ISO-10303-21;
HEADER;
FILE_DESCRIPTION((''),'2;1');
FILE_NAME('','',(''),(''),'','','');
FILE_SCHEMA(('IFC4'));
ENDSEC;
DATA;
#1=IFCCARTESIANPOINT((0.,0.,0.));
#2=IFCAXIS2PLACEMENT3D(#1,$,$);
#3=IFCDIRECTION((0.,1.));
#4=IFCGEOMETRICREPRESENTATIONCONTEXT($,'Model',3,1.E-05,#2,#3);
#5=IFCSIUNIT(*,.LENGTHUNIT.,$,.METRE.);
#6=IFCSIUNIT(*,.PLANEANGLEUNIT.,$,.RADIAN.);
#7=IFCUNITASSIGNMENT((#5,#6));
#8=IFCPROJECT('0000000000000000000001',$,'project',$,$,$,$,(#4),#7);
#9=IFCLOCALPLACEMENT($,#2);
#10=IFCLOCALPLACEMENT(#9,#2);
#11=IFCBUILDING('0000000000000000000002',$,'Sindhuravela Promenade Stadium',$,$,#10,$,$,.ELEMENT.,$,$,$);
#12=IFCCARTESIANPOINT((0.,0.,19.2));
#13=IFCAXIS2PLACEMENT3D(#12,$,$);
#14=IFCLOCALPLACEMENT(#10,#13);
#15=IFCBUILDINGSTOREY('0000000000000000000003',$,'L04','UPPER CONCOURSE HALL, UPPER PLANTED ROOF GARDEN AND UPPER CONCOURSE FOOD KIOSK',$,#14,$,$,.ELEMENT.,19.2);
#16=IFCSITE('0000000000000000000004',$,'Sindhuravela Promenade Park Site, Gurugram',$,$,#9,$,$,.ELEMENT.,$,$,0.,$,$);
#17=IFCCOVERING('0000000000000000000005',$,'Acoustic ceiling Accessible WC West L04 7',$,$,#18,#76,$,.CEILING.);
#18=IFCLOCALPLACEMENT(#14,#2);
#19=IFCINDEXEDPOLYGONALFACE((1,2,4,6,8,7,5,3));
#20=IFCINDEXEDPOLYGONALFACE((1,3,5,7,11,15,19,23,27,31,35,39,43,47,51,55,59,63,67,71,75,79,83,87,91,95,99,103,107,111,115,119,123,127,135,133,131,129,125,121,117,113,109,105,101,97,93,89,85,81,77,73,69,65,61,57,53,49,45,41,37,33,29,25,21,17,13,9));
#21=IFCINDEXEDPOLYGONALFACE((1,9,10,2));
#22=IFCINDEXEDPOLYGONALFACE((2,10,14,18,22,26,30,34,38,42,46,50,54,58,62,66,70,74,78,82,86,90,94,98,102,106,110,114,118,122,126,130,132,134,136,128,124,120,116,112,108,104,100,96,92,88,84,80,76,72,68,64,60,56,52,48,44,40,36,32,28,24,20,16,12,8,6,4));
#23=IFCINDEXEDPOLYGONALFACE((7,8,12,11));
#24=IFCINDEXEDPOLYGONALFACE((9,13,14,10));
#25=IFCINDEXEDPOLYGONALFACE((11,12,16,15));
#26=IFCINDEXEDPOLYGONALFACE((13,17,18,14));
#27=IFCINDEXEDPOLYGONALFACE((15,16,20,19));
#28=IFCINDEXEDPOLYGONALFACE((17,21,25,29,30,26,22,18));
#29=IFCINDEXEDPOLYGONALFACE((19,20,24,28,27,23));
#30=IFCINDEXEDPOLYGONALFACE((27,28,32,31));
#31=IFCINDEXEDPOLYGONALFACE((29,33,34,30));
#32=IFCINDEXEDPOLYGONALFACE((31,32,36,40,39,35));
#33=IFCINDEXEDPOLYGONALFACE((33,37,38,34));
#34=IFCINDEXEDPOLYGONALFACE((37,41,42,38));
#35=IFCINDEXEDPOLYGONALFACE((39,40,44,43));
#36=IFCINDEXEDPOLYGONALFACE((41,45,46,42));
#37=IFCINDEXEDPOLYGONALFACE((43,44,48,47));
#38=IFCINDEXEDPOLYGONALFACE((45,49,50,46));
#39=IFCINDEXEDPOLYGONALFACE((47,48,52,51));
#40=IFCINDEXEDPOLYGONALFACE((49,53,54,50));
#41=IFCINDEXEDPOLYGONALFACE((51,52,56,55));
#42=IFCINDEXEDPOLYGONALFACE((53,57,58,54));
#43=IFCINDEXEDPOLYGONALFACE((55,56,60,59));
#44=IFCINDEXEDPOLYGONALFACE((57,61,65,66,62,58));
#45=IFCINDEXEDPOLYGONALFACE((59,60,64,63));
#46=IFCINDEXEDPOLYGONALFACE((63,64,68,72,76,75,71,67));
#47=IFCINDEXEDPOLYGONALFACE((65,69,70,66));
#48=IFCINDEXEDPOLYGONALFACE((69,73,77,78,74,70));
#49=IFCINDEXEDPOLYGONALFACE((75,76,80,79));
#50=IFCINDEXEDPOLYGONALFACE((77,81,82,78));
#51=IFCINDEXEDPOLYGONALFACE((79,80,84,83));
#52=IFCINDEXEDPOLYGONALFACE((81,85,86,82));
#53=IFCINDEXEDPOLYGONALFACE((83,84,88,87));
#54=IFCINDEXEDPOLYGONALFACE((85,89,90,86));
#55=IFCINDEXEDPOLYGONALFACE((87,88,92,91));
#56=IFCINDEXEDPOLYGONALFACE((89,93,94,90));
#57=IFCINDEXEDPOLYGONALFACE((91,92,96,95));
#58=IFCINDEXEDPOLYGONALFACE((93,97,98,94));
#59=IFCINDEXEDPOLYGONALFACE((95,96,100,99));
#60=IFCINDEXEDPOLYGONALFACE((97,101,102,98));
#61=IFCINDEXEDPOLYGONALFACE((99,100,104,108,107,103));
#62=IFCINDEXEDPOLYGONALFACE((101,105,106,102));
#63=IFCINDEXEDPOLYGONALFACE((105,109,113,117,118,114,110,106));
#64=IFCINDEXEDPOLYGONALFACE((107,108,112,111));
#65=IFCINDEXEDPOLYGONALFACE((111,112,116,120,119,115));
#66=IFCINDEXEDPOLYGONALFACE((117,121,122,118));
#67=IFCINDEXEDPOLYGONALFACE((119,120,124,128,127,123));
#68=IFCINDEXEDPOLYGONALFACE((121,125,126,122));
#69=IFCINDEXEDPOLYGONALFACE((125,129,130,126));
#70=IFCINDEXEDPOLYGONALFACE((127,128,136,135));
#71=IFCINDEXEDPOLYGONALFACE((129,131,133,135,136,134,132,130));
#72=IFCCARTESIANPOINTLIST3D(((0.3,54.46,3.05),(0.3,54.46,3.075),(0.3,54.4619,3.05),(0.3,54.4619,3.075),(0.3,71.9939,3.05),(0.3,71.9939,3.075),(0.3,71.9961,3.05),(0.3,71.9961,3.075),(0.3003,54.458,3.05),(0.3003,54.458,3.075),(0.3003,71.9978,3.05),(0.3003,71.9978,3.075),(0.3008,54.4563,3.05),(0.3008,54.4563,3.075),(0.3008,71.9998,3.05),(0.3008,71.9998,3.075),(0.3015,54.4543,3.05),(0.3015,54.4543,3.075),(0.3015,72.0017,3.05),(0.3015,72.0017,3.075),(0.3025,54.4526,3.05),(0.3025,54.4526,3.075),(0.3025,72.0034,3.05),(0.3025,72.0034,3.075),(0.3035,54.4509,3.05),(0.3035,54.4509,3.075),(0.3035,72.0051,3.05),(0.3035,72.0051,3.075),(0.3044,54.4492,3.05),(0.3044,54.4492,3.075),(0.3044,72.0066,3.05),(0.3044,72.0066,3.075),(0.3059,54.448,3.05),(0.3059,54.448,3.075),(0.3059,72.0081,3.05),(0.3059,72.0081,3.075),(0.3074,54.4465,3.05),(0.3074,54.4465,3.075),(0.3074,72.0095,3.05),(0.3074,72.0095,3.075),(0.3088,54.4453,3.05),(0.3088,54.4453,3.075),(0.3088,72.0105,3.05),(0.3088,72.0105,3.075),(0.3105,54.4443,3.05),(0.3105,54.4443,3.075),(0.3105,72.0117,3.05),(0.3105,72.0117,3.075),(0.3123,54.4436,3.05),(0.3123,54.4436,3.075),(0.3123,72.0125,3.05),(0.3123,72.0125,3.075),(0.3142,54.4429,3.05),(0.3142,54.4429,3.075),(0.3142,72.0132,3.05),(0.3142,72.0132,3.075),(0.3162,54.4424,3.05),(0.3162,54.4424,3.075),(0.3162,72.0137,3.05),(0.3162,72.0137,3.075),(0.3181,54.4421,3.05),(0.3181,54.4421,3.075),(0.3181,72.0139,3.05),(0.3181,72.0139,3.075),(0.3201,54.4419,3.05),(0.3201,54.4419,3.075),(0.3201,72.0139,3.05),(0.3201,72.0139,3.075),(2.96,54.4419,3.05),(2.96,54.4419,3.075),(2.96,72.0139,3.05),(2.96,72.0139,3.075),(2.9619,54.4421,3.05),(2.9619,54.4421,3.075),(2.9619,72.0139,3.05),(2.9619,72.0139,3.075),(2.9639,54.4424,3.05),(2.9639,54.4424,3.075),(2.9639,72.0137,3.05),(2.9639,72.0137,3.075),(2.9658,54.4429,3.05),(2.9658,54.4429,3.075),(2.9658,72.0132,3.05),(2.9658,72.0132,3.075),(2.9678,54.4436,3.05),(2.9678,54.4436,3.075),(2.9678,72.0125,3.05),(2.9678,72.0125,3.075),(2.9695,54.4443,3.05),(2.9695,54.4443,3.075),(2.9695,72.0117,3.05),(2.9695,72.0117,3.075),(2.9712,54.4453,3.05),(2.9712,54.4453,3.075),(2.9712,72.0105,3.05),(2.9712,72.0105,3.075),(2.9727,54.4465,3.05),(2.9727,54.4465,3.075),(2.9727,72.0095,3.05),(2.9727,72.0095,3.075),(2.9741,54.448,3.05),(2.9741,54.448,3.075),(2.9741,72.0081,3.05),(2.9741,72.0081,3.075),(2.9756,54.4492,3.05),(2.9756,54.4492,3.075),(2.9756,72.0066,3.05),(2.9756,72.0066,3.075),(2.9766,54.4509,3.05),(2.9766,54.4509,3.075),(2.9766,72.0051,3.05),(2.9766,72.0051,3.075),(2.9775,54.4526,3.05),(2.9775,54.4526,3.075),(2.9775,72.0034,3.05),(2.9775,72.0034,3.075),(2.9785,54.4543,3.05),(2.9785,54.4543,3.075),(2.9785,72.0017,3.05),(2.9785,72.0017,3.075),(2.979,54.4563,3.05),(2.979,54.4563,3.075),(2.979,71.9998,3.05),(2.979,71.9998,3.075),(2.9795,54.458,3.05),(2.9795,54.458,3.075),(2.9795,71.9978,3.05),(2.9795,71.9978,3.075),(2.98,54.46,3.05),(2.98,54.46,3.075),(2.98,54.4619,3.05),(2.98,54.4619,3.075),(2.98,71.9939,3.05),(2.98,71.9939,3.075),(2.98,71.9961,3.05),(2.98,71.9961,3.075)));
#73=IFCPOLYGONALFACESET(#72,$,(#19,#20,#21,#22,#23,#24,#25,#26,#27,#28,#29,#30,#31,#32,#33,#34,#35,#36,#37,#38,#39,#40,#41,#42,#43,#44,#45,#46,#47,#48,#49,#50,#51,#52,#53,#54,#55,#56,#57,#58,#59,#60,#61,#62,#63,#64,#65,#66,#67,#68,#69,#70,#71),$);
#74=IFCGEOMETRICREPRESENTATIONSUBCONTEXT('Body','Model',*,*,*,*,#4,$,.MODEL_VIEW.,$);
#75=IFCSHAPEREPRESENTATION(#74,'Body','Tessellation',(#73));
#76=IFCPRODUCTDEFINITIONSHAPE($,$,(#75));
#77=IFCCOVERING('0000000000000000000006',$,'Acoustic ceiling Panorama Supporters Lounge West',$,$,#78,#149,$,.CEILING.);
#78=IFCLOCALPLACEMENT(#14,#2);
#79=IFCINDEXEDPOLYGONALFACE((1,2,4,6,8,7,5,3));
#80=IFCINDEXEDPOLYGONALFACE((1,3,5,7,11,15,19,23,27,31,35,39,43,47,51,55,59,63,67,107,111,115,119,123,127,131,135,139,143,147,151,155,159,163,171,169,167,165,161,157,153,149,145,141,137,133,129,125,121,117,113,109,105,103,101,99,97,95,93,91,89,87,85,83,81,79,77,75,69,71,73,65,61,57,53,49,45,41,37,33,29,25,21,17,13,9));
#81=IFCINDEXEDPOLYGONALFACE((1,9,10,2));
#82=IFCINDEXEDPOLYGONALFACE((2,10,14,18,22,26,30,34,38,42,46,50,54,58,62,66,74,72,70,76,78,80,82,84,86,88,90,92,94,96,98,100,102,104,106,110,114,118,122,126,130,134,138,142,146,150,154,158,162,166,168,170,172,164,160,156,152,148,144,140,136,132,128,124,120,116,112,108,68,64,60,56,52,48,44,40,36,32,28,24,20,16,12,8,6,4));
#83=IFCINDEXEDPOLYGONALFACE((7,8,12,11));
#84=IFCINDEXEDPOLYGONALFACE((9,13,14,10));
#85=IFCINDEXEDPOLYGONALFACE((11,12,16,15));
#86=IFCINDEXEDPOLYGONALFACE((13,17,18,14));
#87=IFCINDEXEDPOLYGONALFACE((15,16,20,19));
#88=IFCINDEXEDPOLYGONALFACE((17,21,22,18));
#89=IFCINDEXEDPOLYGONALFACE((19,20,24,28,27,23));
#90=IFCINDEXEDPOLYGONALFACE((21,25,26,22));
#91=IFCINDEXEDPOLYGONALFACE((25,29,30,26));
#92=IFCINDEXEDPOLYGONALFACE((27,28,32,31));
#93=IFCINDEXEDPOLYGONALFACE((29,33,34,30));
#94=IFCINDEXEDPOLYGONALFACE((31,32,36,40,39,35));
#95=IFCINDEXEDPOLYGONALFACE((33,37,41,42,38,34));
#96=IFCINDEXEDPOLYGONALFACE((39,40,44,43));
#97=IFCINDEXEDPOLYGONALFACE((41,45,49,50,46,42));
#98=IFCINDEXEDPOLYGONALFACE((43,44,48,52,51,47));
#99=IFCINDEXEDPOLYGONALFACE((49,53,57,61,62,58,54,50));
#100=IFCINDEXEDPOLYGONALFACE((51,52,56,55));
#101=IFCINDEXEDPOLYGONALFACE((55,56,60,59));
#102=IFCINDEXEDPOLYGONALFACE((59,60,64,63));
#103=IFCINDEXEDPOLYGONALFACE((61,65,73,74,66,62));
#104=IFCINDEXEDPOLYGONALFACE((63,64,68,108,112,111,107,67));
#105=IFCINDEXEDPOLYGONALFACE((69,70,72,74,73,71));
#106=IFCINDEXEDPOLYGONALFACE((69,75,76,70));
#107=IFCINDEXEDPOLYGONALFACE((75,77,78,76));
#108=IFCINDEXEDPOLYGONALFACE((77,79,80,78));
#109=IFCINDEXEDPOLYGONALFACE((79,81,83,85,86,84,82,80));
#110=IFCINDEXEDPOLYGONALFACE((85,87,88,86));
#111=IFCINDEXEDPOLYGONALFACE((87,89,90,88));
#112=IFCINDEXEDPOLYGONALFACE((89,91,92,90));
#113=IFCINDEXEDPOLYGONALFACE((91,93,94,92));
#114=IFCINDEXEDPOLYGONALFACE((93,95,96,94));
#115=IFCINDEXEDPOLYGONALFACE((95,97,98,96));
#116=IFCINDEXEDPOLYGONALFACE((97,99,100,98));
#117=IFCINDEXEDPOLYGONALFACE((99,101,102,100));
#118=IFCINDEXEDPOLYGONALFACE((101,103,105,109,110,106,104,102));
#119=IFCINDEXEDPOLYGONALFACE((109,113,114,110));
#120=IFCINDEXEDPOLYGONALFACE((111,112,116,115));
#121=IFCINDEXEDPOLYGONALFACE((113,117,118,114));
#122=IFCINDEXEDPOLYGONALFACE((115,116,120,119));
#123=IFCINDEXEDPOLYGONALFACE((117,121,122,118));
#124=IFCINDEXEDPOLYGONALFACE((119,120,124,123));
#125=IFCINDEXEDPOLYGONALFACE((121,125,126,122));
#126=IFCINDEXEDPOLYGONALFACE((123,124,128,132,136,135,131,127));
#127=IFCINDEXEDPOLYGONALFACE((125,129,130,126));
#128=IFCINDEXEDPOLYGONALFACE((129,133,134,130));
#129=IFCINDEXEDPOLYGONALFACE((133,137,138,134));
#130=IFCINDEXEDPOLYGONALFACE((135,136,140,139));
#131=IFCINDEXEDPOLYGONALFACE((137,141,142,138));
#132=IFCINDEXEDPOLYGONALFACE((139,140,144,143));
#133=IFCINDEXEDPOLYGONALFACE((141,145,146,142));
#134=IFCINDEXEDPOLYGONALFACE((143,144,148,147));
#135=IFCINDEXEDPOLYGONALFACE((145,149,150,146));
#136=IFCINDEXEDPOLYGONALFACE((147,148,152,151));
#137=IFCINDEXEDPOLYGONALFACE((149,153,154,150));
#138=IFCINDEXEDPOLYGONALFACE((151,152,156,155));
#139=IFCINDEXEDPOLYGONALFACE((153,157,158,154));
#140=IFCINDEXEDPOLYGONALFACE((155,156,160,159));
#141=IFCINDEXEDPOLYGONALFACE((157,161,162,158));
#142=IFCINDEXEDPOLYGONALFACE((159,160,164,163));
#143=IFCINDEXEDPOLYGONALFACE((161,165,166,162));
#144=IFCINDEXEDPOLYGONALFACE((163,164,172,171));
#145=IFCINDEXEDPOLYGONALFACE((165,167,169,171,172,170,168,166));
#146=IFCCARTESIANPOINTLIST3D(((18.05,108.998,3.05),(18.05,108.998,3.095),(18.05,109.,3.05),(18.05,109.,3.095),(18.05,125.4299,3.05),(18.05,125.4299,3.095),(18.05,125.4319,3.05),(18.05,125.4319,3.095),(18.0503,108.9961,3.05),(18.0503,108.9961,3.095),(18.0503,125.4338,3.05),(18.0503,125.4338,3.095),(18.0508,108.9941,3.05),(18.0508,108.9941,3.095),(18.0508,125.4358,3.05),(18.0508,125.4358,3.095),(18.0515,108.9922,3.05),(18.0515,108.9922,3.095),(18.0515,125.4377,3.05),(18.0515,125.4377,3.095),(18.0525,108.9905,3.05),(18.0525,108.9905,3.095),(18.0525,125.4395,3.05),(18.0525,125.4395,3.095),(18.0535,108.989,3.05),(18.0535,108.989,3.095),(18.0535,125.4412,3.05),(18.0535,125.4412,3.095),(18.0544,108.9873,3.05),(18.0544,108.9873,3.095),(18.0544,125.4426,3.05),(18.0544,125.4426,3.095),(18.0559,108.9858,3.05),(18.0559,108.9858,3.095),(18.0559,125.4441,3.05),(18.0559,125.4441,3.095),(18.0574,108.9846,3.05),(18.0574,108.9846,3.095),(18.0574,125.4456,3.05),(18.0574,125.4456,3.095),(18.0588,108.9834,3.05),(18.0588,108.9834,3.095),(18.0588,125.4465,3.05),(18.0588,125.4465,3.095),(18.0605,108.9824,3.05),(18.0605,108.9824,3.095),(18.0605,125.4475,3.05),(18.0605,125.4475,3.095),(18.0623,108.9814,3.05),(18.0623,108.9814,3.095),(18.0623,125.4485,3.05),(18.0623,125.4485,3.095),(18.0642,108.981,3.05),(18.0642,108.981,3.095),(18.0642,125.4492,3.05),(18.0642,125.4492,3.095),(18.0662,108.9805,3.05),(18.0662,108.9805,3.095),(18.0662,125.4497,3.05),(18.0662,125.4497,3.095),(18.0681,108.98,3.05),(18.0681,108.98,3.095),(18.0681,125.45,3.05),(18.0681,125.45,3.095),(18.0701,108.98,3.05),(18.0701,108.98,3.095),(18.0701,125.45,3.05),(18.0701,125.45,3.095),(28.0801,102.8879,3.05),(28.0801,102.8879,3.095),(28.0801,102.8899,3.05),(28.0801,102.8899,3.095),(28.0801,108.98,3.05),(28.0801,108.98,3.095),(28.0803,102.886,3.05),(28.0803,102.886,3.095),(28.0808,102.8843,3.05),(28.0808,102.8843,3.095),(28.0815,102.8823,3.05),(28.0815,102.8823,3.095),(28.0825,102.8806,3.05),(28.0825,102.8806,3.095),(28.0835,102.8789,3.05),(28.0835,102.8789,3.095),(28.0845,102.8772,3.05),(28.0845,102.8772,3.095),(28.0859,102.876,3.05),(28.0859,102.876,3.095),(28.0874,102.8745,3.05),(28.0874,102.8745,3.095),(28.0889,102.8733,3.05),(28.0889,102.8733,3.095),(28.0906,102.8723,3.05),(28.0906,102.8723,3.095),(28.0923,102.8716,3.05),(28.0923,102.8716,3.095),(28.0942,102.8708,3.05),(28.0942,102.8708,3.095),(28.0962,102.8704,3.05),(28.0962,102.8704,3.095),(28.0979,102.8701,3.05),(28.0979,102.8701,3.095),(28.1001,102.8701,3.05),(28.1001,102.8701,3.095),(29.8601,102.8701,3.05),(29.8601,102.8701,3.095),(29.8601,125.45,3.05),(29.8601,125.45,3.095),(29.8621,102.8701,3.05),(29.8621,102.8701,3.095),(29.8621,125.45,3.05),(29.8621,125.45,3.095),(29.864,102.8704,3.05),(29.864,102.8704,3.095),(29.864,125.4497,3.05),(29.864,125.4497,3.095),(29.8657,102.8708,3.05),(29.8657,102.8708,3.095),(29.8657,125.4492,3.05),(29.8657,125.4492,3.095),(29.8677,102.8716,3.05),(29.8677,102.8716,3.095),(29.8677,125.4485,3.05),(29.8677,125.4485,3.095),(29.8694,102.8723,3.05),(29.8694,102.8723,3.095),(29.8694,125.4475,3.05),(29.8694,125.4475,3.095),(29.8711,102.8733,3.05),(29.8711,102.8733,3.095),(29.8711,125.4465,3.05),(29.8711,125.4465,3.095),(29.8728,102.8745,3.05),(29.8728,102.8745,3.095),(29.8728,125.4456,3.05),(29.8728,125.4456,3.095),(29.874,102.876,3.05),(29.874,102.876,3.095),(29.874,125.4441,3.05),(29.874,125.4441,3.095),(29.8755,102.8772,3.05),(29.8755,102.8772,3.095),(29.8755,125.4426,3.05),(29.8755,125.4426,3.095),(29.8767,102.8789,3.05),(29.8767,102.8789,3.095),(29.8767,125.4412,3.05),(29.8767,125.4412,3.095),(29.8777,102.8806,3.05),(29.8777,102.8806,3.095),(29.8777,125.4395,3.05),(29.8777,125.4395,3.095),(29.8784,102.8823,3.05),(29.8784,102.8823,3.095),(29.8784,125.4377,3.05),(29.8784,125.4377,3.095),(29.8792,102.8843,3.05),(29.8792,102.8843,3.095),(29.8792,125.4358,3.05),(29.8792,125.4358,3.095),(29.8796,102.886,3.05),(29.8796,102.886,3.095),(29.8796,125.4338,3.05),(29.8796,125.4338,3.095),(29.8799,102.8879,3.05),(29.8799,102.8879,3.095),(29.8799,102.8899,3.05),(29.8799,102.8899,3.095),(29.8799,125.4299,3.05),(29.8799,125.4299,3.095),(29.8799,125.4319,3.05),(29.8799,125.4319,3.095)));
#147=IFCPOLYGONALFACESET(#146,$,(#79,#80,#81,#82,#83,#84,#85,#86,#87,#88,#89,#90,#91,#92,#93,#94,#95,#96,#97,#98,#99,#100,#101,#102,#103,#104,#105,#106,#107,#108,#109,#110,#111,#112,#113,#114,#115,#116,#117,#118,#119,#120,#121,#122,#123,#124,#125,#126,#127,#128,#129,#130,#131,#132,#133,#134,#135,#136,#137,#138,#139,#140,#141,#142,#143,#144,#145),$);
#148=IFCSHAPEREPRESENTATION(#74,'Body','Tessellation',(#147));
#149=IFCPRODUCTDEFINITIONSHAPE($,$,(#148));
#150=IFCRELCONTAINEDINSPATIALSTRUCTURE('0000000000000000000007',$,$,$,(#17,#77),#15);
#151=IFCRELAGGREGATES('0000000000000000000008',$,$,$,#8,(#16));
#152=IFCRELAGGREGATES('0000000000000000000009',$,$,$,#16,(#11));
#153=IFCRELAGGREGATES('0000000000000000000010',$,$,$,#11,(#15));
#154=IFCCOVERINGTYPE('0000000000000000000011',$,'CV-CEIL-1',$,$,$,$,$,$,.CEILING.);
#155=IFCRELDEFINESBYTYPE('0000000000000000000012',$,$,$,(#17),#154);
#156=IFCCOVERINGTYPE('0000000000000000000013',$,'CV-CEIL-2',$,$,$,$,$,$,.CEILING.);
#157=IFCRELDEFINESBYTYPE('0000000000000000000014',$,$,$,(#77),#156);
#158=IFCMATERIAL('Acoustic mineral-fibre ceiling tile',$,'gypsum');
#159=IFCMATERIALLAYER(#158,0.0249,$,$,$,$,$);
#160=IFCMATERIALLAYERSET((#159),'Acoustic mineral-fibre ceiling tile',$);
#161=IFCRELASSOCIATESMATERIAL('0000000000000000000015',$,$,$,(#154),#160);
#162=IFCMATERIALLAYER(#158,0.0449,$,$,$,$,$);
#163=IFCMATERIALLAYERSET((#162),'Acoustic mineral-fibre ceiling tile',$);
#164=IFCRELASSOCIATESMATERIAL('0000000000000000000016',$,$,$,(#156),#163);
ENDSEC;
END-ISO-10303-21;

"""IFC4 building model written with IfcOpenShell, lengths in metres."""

from ifc_helpers import new_model, si_unit, direction, frame, origin, place, context, subcontext, project, spatial, polyline, outline, extrude, material, layer, layer_set, type_object, element, save


model = new_model("IFC4")

# Units and contexts
model_context = context("Model", 3, precision=1e-05, world=origin(), true_north=direction((0.0, 1.0)))
body_context = subcontext(model_context, "Body", "Model", "MODEL_VIEW")
ifc_project = project(units=[si_unit("LENGTHUNIT", "METRE"), si_unit("PLANEANGLEUNIT", "RADIAN")], contexts=[model_context])

# Site, building, storey
site_placement = place(None, origin())
site = spatial("IfcSite", under=ifc_project, at=site_placement, Name="Sindhuravela Promenade Park Site, Gurugram", CompositionType="ELEMENT", RefElevation=0.0)
building_placement = place(site_placement, origin())
building = spatial("IfcBuilding", under=site, at=building_placement, Name="Sindhuravela Promenade Stadium", CompositionType="ELEMENT")
storey_placement = place(building_placement, frame((0.0, 0.0, 19.2)))
storey = spatial("IfcBuildingStorey", under=building, at=storey_placement, Name="L04", Description="UPPER CONCOURSE HALL, UPPER PLANTED ROOF GARDEN AND UPPER CONCOURSE FOOD KIOSK", CompositionType="ELEMENT", Elevation=19.2)

# Coverings
ifc_material_1 = material(Name="Acoustic mineral-fibre ceiling tile", Category="gypsum")
ifc_layer_1 = layer(ifc_material_1, 0.0249)
ifc_layer_set_1 = layer_set([ifc_layer_1], Name="Acoustic mineral-fibre ceiling tile")
covering_type_1 = type_object("IfcCoveringType", Name="CV-CEIL-1", PredefinedType="CEILING", material=ifc_layer_set_1)
covering_1_placement = place(storey_placement, frame((0.0, 0.0, 3.05)))
element("IfcCovering", 1, at=covering_1_placement, inside=storey, type_object=covering_type_1, Name="Acoustic ceiling Accessible WC West L04 7", PredefinedType="CEILING", context=body_context, shape_type="SweptSolid", body=[
    extrude(outline(polyline([(2.98, 54.4619), (2.98, 54.46), (2.9795, 54.458), (2.979, 54.4563), (2.9785, 54.4543), (2.9775, 54.4526), (2.9766, 54.4509), (2.9756, 54.4492), (2.9741, 54.448), (2.9727, 54.4465), (2.9712, 54.4453), (2.9695, 54.4443), (2.9678, 54.4436), (2.9658, 54.4429), (2.9639, 54.4424), (2.9619, 54.4421), (2.96, 54.4419), (0.3201, 54.4419), (0.3181, 54.4421), (0.3162, 54.4424), (0.3142, 54.4429), (0.3123, 54.4436), (0.3105, 54.4443), (0.3088, 54.4453), (0.3074, 54.4465), (0.3059, 54.448), (0.3044, 54.4492), (0.3035, 54.4509), (0.3025, 54.4526), (0.3015, 54.4543), (0.3008, 54.4563), (0.3003, 54.458), (0.3, 54.46), (0.3, 54.4619), (0.3, 71.9939), (0.3, 71.9961), (0.3003, 71.9978), (0.3008, 71.9998), (0.3015, 72.0017), (0.3025, 72.0034), (0.3035, 72.0051), (0.3044, 72.0066), (0.3059, 72.0081), (0.3074, 72.0095), (0.3088, 72.0105), (0.3105, 72.0117), (0.3123, 72.0125), (0.3142, 72.0132), (0.3162, 72.0137), (0.3181, 72.0139), (0.3201, 72.0139), (2.96, 72.0139), (2.9619, 72.0139), (2.9639, 72.0137), (2.9658, 72.0132), (2.9678, 72.0125), (2.9695, 72.0117), (2.9712, 72.0105), (2.9727, 72.0095), (2.9741, 72.0081), (2.9756, 72.0066), (2.9766, 72.0051), (2.9775, 72.0034), (2.9785, 72.0017), (2.979, 71.9998), (2.9795, 71.9978), (2.98, 71.9961), (2.98, 71.9939), (2.98, 54.4619)])), origin(), (0.0, 0.0, 1.0), 0.0249),
])
ifc_layer_2 = layer(ifc_material_1, 0.0449)
ifc_layer_set_2 = layer_set([ifc_layer_2], Name="Acoustic mineral-fibre ceiling tile")
covering_type_2 = type_object("IfcCoveringType", Name="CV-CEIL-2", PredefinedType="CEILING", material=ifc_layer_set_2)
covering_2_placement = place(storey_placement, frame((0.0, 0.0, 3.05)))
element("IfcCovering", 2, at=covering_2_placement, inside=storey, type_object=covering_type_2, Name="Acoustic ceiling Panorama Supporters Lounge West", PredefinedType="CEILING", context=body_context, shape_type="SweptSolid", body=[
    extrude(outline(polyline([(29.8799, 102.8899), (29.8799, 102.8879), (29.8796, 102.886), (29.8792, 102.8843), (29.8784, 102.8823), (29.8777, 102.8806), (29.8767, 102.8789), (29.8755, 102.8772), (29.874, 102.876), (29.8728, 102.8745), (29.8711, 102.8733), (29.8694, 102.8723), (29.8677, 102.8716), (29.8657, 102.8708), (29.864, 102.8704), (29.8621, 102.8701), (29.8601, 102.8701), (28.1001, 102.8701), (28.0979, 102.8701), (28.0962, 102.8704), (28.0942, 102.8708), (28.0923, 102.8716), (28.0906, 102.8723), (28.0889, 102.8733), (28.0874, 102.8745), (28.0859, 102.876), (28.0845, 102.8772), (28.0835, 102.8789), (28.0825, 102.8806), (28.0815, 102.8823), (28.0808, 102.8843), (28.0803, 102.886), (28.0801, 102.8879), (28.0801, 102.8899), (28.0801, 108.98), (18.0701, 108.98), (18.0681, 108.98), (18.0662, 108.9805), (18.0642, 108.981), (18.0623, 108.9814), (18.0605, 108.9824), (18.0588, 108.9834), (18.0574, 108.9846), (18.0559, 108.9858), (18.0544, 108.9873), (18.0535, 108.989), (18.0525, 108.9905), (18.0515, 108.9922), (18.0508, 108.9941), (18.0503, 108.9961), (18.05, 108.998), (18.05, 109.0), (18.05, 125.4299), (18.05, 125.4319), (18.0503, 125.4338), (18.0508, 125.4358), (18.0515, 125.4377), (18.0525, 125.4395), (18.0535, 125.4412), (18.0544, 125.4426), (18.0559, 125.4441), (18.0574, 125.4456), (18.0588, 125.4465), (18.0605, 125.4475), (18.0623, 125.4485), (18.0642, 125.4492), (18.0662, 125.4497), (18.0681, 125.45), (18.0701, 125.45), (29.8601, 125.45), (29.8621, 125.45), (29.864, 125.4497), (29.8657, 125.4492), (29.8677, 125.4485), (29.8694, 125.4475), (29.8711, 125.4465), (29.8728, 125.4456), (29.874, 125.4441), (29.8755, 125.4426), (29.8767, 125.4412), (29.8777, 125.4395), (29.8784, 125.4377), (29.8792, 125.4358), (29.8796, 125.4338), (29.8799, 125.4319), (29.8799, 125.4299), (29.8799, 102.8899)])), origin(), (0.0, 0.0, 1.0), 0.0449),
])

save(model, "model.ifc")
